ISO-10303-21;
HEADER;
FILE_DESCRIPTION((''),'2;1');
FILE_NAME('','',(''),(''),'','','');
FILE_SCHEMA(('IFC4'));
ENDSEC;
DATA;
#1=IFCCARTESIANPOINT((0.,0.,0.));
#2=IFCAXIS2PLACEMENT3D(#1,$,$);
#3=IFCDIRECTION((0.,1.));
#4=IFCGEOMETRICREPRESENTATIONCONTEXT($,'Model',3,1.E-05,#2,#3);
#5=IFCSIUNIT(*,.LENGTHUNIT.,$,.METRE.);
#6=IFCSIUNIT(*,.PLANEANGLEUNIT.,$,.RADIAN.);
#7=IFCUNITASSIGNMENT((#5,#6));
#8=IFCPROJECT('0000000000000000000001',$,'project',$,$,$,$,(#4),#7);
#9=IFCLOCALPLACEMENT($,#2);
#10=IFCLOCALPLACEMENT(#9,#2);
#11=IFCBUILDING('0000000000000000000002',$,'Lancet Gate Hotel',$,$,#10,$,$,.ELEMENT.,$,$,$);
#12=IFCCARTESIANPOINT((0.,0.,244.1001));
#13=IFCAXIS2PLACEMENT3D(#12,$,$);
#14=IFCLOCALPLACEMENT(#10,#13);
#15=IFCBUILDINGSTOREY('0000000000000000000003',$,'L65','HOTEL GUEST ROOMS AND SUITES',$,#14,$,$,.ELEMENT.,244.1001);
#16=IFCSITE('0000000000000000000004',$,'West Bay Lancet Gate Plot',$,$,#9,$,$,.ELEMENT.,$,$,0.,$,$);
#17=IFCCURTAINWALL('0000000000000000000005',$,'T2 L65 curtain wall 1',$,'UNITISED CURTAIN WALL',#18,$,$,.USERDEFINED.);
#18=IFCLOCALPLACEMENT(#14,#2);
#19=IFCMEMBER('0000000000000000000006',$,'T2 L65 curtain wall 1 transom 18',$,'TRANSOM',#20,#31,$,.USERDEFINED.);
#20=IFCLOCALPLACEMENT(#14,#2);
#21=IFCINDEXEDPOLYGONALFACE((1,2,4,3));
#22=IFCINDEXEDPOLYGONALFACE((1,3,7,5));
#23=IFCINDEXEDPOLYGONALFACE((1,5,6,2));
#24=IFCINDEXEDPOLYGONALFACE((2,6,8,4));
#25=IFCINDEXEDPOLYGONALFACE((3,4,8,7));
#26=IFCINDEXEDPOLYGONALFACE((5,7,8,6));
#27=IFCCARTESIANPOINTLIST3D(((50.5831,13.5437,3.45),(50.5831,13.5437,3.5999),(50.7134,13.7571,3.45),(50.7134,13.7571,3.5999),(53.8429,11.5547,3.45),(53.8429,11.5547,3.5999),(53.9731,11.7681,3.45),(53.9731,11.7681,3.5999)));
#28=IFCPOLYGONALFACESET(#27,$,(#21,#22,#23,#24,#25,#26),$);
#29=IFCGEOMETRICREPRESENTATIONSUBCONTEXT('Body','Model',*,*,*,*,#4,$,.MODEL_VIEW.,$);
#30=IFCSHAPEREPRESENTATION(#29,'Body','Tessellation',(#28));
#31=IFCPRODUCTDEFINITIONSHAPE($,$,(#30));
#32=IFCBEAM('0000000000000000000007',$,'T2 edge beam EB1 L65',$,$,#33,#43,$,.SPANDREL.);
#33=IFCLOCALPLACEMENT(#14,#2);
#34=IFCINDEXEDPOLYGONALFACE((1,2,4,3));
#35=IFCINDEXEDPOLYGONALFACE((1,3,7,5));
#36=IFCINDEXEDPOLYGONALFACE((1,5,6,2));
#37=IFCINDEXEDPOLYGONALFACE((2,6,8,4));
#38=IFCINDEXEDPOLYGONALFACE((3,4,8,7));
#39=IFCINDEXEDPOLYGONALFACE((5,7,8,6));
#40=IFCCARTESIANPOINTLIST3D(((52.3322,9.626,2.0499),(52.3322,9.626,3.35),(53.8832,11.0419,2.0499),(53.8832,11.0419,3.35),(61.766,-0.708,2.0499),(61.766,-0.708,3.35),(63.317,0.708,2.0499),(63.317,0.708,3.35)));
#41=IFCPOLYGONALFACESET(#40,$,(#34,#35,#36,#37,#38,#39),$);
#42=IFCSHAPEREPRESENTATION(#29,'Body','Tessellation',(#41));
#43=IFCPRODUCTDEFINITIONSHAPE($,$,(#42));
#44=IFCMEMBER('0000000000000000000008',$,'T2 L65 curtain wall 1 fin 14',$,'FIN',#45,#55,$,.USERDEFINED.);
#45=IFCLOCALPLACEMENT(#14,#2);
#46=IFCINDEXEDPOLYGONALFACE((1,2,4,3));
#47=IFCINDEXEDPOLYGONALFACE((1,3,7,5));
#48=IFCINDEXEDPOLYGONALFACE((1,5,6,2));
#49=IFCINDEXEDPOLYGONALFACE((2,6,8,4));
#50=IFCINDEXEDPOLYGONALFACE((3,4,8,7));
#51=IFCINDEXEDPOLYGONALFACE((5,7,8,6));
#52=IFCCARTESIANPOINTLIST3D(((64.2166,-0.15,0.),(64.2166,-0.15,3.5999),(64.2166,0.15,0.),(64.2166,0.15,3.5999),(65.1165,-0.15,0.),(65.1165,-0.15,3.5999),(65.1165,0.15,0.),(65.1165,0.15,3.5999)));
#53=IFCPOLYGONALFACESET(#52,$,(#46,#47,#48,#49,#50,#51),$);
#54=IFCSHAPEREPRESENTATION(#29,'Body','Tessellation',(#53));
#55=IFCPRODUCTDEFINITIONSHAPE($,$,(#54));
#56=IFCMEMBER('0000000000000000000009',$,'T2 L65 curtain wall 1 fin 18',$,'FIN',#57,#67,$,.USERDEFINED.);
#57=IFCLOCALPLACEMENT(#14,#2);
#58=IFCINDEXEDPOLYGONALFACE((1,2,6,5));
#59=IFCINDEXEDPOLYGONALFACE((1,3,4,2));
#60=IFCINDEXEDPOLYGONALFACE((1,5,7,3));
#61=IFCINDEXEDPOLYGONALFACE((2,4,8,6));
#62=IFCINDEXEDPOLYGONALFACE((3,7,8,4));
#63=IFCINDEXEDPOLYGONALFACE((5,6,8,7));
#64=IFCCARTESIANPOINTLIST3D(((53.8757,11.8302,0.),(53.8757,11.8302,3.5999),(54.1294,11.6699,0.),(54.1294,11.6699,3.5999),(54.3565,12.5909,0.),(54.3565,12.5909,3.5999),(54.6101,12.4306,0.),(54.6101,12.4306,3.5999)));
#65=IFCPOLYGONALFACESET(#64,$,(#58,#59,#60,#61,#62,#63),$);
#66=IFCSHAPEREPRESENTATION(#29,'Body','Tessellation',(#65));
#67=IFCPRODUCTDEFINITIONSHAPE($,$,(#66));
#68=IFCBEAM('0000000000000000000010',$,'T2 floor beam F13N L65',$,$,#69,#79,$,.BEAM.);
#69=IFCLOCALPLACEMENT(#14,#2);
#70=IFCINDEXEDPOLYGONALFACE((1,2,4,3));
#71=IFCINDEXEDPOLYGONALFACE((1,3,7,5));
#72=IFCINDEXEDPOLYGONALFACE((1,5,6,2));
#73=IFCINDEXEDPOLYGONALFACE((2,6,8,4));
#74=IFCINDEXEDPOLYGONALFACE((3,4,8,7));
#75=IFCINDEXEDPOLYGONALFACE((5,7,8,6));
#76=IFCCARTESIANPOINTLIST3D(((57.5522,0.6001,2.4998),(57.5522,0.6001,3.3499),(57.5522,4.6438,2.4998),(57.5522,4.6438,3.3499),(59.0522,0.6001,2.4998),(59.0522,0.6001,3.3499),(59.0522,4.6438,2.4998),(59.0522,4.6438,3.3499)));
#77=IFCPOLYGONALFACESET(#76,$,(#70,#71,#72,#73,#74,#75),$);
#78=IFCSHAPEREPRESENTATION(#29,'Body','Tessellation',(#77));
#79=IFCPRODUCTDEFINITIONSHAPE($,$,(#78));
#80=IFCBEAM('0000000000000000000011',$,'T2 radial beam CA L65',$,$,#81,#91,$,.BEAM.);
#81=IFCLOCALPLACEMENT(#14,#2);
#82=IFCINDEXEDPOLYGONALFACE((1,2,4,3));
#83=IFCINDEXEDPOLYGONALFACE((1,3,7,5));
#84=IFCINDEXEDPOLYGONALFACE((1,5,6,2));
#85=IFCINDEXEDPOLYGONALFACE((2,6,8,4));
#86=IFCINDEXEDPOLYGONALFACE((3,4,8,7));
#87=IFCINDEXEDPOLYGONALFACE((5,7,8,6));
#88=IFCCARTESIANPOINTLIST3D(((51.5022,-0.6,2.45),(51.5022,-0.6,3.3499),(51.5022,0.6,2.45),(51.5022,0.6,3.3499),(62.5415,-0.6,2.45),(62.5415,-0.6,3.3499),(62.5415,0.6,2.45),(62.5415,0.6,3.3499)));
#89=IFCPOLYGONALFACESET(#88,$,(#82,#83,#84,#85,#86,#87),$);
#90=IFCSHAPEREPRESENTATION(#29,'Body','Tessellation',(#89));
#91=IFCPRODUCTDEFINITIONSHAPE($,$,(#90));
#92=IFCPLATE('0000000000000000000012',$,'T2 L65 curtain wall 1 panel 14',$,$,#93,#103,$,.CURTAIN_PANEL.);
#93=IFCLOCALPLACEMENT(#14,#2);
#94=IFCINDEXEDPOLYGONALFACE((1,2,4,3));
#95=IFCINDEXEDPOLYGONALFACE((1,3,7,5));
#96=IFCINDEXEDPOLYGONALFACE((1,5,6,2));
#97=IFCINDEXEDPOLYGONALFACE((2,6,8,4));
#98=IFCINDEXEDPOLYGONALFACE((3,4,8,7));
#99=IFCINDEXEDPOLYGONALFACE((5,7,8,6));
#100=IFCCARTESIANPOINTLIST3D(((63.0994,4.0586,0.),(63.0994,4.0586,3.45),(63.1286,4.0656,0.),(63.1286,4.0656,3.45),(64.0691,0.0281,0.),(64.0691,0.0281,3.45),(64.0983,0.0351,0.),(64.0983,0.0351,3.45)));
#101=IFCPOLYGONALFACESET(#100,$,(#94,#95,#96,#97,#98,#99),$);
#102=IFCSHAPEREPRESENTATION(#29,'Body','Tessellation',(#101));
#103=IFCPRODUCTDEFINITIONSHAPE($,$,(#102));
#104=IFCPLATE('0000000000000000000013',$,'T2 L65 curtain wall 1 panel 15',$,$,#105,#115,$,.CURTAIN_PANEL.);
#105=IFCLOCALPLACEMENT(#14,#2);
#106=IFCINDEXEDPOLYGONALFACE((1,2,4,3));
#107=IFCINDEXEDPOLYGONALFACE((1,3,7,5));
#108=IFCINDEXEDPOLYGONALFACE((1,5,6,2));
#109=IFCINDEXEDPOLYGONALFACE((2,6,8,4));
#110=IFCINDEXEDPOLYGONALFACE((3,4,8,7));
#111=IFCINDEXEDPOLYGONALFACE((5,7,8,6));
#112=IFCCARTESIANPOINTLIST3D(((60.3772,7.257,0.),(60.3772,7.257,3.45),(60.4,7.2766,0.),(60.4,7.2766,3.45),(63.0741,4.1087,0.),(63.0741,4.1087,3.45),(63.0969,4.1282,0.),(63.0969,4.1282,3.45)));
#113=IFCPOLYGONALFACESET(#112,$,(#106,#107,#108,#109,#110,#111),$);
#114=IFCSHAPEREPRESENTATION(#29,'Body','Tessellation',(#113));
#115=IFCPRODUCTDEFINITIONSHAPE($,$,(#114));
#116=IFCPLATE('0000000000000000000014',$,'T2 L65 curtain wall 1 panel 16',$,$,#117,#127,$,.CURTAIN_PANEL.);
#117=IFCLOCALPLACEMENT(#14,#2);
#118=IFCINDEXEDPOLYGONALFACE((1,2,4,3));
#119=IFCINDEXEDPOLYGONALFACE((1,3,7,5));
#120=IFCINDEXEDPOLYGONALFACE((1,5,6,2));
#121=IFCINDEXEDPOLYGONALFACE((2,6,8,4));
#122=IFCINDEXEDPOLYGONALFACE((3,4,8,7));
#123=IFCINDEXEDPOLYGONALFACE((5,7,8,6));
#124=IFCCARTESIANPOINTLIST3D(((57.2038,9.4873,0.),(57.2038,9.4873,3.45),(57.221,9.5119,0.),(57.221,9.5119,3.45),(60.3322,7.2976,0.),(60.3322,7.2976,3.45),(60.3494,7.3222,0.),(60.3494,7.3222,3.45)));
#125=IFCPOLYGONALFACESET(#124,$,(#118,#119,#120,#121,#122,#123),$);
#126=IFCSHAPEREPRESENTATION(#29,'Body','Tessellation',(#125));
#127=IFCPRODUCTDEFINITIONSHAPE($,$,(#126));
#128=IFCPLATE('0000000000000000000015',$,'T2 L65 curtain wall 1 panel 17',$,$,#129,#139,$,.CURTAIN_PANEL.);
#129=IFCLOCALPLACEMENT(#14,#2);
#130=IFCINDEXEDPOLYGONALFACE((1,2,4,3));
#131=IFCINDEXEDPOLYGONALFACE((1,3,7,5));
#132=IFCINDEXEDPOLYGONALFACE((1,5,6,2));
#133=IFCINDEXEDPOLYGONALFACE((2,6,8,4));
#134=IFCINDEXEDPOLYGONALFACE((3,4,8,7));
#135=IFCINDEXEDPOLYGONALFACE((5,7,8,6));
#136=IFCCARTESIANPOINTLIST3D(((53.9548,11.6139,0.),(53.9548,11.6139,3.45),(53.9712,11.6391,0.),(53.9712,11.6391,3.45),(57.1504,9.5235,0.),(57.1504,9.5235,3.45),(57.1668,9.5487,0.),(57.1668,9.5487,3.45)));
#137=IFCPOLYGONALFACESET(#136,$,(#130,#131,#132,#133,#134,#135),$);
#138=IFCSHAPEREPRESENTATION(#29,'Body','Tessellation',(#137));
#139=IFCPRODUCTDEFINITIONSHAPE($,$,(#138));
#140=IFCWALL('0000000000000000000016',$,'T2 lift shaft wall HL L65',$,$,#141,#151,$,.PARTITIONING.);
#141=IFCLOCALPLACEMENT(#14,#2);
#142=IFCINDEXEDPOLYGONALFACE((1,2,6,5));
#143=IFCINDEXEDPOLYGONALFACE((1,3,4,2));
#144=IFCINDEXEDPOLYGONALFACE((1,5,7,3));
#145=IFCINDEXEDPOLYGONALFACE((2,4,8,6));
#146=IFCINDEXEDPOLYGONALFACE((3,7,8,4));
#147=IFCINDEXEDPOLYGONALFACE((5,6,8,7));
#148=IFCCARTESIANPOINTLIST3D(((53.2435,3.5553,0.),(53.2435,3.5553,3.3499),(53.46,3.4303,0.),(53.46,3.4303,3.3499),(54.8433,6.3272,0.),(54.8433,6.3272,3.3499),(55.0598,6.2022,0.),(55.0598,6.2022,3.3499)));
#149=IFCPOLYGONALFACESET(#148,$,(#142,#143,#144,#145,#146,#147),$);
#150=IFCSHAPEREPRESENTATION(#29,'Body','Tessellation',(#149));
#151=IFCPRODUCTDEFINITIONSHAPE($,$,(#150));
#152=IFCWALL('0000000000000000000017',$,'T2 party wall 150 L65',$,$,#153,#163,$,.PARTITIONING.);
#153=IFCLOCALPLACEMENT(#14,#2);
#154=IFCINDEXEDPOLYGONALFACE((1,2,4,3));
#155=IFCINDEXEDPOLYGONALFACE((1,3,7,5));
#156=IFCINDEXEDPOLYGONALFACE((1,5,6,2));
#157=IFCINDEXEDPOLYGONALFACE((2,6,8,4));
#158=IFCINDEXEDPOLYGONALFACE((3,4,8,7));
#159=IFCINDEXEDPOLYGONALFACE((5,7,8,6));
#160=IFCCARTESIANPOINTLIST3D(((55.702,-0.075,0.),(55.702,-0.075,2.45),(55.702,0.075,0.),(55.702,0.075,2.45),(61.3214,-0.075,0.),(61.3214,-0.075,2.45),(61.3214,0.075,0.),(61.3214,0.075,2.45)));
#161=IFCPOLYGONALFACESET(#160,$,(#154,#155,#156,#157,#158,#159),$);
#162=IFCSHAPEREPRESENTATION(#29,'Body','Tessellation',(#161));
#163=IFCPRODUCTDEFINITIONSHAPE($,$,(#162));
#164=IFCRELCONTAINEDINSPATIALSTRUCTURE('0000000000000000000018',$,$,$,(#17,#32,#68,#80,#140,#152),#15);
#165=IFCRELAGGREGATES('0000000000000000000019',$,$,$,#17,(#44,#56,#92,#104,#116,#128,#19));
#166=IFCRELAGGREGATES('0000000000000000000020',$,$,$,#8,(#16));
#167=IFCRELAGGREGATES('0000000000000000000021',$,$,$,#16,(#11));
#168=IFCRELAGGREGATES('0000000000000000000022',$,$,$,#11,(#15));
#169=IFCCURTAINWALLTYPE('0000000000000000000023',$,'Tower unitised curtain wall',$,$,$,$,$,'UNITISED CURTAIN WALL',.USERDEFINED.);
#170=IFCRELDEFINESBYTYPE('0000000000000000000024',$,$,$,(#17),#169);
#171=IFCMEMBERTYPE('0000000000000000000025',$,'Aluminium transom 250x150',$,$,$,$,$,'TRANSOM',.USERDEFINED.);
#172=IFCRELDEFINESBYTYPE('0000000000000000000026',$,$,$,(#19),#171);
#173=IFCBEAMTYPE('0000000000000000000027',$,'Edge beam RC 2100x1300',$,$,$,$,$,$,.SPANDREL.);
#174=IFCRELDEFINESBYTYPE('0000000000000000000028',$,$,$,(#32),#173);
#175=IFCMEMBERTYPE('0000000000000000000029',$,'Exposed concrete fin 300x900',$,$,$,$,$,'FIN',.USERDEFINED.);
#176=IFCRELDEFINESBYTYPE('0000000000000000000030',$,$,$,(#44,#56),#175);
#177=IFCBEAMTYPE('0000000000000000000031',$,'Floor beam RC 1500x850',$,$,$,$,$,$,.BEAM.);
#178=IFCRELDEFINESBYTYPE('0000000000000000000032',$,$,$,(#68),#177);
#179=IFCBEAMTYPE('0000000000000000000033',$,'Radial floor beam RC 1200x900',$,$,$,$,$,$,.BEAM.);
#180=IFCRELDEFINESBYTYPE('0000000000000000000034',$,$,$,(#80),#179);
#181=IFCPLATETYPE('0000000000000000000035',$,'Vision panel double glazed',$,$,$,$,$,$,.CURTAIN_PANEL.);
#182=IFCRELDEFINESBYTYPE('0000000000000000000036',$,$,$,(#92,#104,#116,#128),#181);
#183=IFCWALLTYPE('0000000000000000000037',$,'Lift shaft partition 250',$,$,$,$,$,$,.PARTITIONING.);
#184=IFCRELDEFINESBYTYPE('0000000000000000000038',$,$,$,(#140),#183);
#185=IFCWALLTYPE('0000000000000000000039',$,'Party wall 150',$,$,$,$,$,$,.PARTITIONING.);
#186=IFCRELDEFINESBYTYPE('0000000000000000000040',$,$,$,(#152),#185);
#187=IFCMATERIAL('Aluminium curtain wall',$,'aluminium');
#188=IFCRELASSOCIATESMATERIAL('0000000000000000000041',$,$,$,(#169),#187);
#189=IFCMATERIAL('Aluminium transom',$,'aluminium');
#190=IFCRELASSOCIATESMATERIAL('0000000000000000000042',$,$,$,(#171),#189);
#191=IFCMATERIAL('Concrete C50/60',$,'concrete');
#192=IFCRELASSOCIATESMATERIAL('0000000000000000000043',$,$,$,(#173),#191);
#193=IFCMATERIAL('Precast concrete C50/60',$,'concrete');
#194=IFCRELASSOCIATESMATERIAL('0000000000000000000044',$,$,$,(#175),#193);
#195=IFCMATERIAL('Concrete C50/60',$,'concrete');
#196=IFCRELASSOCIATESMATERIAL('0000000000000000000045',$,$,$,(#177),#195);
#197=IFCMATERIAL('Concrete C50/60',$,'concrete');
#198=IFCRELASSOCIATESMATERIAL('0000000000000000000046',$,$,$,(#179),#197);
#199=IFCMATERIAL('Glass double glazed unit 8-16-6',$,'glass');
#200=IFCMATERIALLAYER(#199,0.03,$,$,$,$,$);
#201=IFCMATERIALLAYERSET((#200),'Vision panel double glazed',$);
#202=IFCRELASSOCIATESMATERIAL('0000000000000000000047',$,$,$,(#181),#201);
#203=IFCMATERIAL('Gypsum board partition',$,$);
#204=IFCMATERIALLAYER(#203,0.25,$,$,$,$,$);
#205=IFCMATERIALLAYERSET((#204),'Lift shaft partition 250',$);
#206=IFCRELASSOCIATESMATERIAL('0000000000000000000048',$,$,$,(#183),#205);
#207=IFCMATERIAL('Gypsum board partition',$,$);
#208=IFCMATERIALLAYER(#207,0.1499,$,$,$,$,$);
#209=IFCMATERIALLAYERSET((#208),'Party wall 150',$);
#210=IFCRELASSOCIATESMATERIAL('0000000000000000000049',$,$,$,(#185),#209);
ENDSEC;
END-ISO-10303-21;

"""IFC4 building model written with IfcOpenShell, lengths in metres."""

from ifc_helpers import new_model, si_unit, direction, frame, frame_2d, origin, origin_2d, place, context, subcontext, project, spatial, rectangle, extrude, material, layer, layer_set, material_profile, profile_set, type_object, element, aggregate, save


model = new_model("IFC4")

# Units and contexts
model_context = context("Model", 3, precision=1e-05, world=origin(), true_north=direction((0.0, 1.0)))
body_context = subcontext(model_context, "Body", "Model", "MODEL_VIEW")
ifc_project = project(units=[si_unit("LENGTHUNIT", "METRE"), si_unit("PLANEANGLEUNIT", "RADIAN")], contexts=[model_context])

# Site, building, storey
site_placement = place(None, origin())
site = spatial("IfcSite", under=ifc_project, at=site_placement, Name="West Bay Lancet Gate Plot", CompositionType="ELEMENT", RefElevation=0.0)
building_placement = place(site_placement, origin())
building = spatial("IfcBuilding", under=site, at=building_placement, Name="Lancet Gate Hotel", CompositionType="ELEMENT")
storey_placement = place(building_placement, frame((0.0, 0.0, 244.1001)))
storey = spatial("IfcBuildingStorey", under=building, at=storey_placement, Name="L65", Description="HOTEL GUEST ROOMS AND SUITES", CompositionType="ELEMENT", Elevation=244.1001)

# Curtain wall, member
ifc_material_1 = material(Name="Aluminium curtain wall", Category="aluminium")
curtain_wall_type = type_object("IfcCurtainWallType", Name="Tower unitised curtain wall", ElementType="UNITISED CURTAIN WALL", PredefinedType="USERDEFINED", material=ifc_material_1)
curtain_wall_placement = place(storey_placement, origin())
curtain_wall = element("IfcCurtainWall", 1, at=curtain_wall_placement, inside=storey, type_object=curtain_wall_type, Name="T2 L65 curtain wall 1", ObjectType="UNITISED CURTAIN WALL", PredefinedType="USERDEFINED")
ifc_material_2 = material(Name="Aluminium transom", Category="aluminium")
ifc_material_profile_1 = material_profile(ifc_material_2, rectangle(XDim=0.25, YDim=0.1499, at=origin_2d()), Name="TRANSOM 250x150")
ifc_profile_set_1 = profile_set([ifc_material_profile_1], Name="Aluminium transom")
member_type_1 = type_object("IfcMemberType", Name="Aluminium transom 250x150", ElementType="TRANSOM", PredefinedType="USERDEFINED", material=ifc_profile_set_1)
member_1_placement = place(storey_placement, frame((53.908, 11.6614, 3.5249), z_axis=(-0.853639, 0.520865, 0.0), x_axis=(-0.520865, -0.853639, 0.0)))
member_1 = element("IfcMember", 2, at=member_1_placement, type_object=member_type_1, Name="T2 L65 curtain wall 1 transom 18", ObjectType="TRANSOM", PredefinedType="USERDEFINED", context=body_context, shape_type="SweptSolid", body=[
    extrude(rectangle(XDim=0.25, YDim=0.1499, at=origin_2d()), origin(), (0.0, 0.0, 1.0), 3.8186),
])

# Beam
ifc_material_3 = material(Name="Concrete C50/60", Category="concrete")
ifc_material_profile_2 = material_profile(ifc_material_3, rectangle(XDim=2.1001, YDim=1.3, at=origin_2d()), Name="RC 2100x1300")
ifc_profile_set_2 = profile_set([ifc_material_profile_2], Name="Concrete C50/60")
beam_type_1 = type_object("IfcBeamType", Name="Edge beam RC 2100x1300", PredefinedType="SPANDREL", material=ifc_profile_set_2)
beam_1_placement = place(storey_placement, frame((62.5415, 0.0, 2.7), z_axis=(-0.674209, 0.73854, 0.0), x_axis=(-0.73854, -0.674209, 0.0)))
element("IfcBeam", 3, at=beam_1_placement, inside=storey, type_object=beam_type_1, Name="T2 edge beam EB1 L65", PredefinedType="SPANDREL", context=body_context, shape_type="SweptSolid", body=[
    extrude(rectangle(XDim=2.1001, YDim=1.3, at=origin_2d()), origin(), (0.0, 0.0, 1.0), 13.9924),
])

# Members
ifc_material_4 = material(Name="Precast concrete C50/60", Category="concrete")
ifc_material_profile_3 = material_profile(ifc_material_4, rectangle(XDim=0.3, YDim=0.8999, at=origin_2d()), Name="FIN 300x900")
ifc_profile_set_3 = profile_set([ifc_material_profile_3], Name="Precast concrete C50/60")
member_type_2 = type_object("IfcMemberType", Name="Exposed concrete fin 300x900", ElementType="FIN", PredefinedType="USERDEFINED", material=ifc_profile_set_3)
member_2_placement = place(storey_placement, frame((64.6665, 0.0, 0.0), z_axis=(0.0, 0.0, 1.0), x_axis=(0.0, 1.0, 0.0)))
member_2 = element("IfcMember", 4, at=member_2_placement, type_object=member_type_2, Name="T2 L65 curtain wall 1 fin 14", ObjectType="FIN", PredefinedType="USERDEFINED", context=body_context, shape_type="SweptSolid", body=[
    extrude(rectangle(XDim=0.3, YDim=0.8999, at=origin_2d()), origin(), (0.0, 0.0, 1.0), 3.5999),
])
member_3_placement = place(storey_placement, frame((54.2429, 12.1304, 0.0), z_axis=(0.0, 0.0, 1.0), x_axis=(-0.84534, 0.534229, 0.0)))
member_3 = element("IfcMember", 5, at=member_3_placement, type_object=member_type_2, Name="T2 L65 curtain wall 1 fin 18", ObjectType="FIN", PredefinedType="USERDEFINED", context=body_context, shape_type="SweptSolid", body=[
    extrude(rectangle(XDim=0.3, YDim=0.8999, at=origin_2d()), origin(), (0.0, 0.0, 1.0), 3.5999),
])

# Beams
ifc_material_5 = material(Name="Concrete C50/60", Category="concrete")
ifc_material_profile_4 = material_profile(ifc_material_5, rectangle(XDim=1.5, YDim=0.8501, at=origin_2d()), Name="RC 1500x850")
ifc_profile_set_4 = profile_set([ifc_material_profile_4], Name="Concrete C50/60")
beam_type_2 = type_object("IfcBeamType", Name="Floor beam RC 1500x850", PredefinedType="BEAM", material=ifc_profile_set_4)
beam_2_placement = place(storey_placement, frame((58.3022, 0.6001, 2.9248), z_axis=(0.0, 1.0, 0.0), x_axis=(-1.0, 0.0, 0.0)))
element("IfcBeam", 6, at=beam_2_placement, inside=storey, type_object=beam_type_2, Name="T2 floor beam F13N L65", PredefinedType="BEAM", context=body_context, shape_type="SweptSolid", body=[
    extrude(rectangle(XDim=1.5, YDim=0.8501, at=origin_2d()), origin(), (0.0, 0.0, 1.0), 4.0437),
])
ifc_material_6 = material(Name="Concrete C50/60", Category="concrete")
ifc_material_profile_5 = material_profile(ifc_material_6, rectangle(XDim=1.2, YDim=0.8999, at=origin_2d()), Name="RC 1200x900")
ifc_profile_set_5 = profile_set([ifc_material_profile_5], Name="Concrete C50/60")
beam_type_3 = type_object("IfcBeamType", Name="Radial floor beam RC 1200x900", PredefinedType="BEAM", material=ifc_profile_set_5)
beam_3_placement = place(storey_placement, frame((62.5415, 0.0, 2.8999), z_axis=(-1.0, 0.0, 0.0), x_axis=(0.0, -1.0, 0.0)))
element("IfcBeam", 7, at=beam_3_placement, inside=storey, type_object=beam_type_3, Name="T2 radial beam CA L65", PredefinedType="BEAM", context=body_context, shape_type="SweptSolid", body=[
    extrude(rectangle(XDim=1.2, YDim=0.8999, at=origin_2d()), origin(), (0.0, 0.0, 1.0), 11.0393),
])

# Plates
ifc_material_7 = material(Name="Glass double glazed unit 8-16-6", Category="glass")
ifc_layer_1 = layer(ifc_material_7, 0.03)
ifc_layer_set_1 = layer_set([ifc_layer_1], Name="Vision panel double glazed")
plate_type = type_object("IfcPlateType", Name="Vision panel double glazed", PredefinedType="CURTAIN_PANEL", material=ifc_layer_set_1)
plate_1_placement = place(storey_placement, frame((63.5989, 2.0469, 0.0), z_axis=(0.0, 0.0, 1.0), x_axis=(-0.233916, 0.972257, 0.0)))
plate_1 = element("IfcPlate", 8, at=plate_1_placement, type_object=plate_type, Name="T2 L65 curtain wall 1 panel 14", PredefinedType="CURTAIN_PANEL", context=body_context, shape_type="SweptSolid", body=[
    extrude(rectangle(XDim=4.1455, YDim=0.03, at=origin_2d()), origin(), (0.0, 0.0, 1.0), 3.45),
])
plate_2_placement = place(storey_placement, frame((61.7371, 5.6926, 0.0), z_axis=(0.0, 0.0, 1.0), x_axis=(-0.650552, 0.759462, 0.0)))
plate_2 = element("IfcPlate", 9, at=plate_2_placement, type_object=plate_type, Name="T2 L65 curtain wall 1 panel 15", PredefinedType="CURTAIN_PANEL", context=body_context, shape_type="SweptSolid", body=[
    extrude(rectangle(XDim=4.1455, YDim=0.03, at=origin_2d()), origin(), (0.0, 0.0, 1.0), 3.45),
])
plate_3_placement = place(storey_placement, frame((58.7766, 8.4048, 0.0), z_axis=(0.0, 0.0, 1.0), x_axis=(-0.819255, 0.573429, 0.0)))
plate_3 = element("IfcPlate", 10, at=plate_3_placement, type_object=plate_type, Name="T2 L65 curtain wall 1 panel 16", PredefinedType="CURTAIN_PANEL", context=body_context, shape_type="SweptSolid", body=[
    extrude(rectangle(XDim=3.8186, YDim=0.03, at=origin_2d()), origin(), (0.0, 0.0, 1.0), 3.45),
])
plate_4_placement = place(storey_placement, frame((55.5608, 10.5813, 0.0), z_axis=(0.0, 0.0, 1.0), x_axis=(-0.83685, 0.547432, 0.0)))
plate_4 = element("IfcPlate", 11, at=plate_4_placement, type_object=plate_type, Name="T2 L65 curtain wall 1 panel 17", PredefinedType="CURTAIN_PANEL", context=body_context, shape_type="SweptSolid", body=[
    extrude(rectangle(XDim=3.8186, YDim=0.03, at=origin_2d()), origin(), (0.0, 0.0, 1.0), 3.45),
])
aggregate(curtain_wall, [member_2, member_3, plate_1, plate_2, plate_3, plate_4, member_1])

# Walls
ifc_material_8 = material(Name="Gypsum board partition")
ifc_layer_2 = layer(ifc_material_8, 0.25)
ifc_layer_set_2 = layer_set([ifc_layer_2], Name="Lift shaft partition 250")
wall_type_1 = type_object("IfcWallType", Name="Lift shaft partition 250", PredefinedType="PARTITIONING", material=ifc_layer_set_2)
wall_1_placement = place(storey_placement, frame((53.3518, 3.4929, 0.0), z_axis=(0.0, 0.0, 1.0), x_axis=(0.499872, 0.866099, 0.0)))
element("IfcWall", 12, at=wall_1_placement, inside=storey, type_object=wall_type_1, Name="T2 lift shaft wall HL L65", PredefinedType="PARTITIONING", context=body_context, shape_type="SweptSolid", body=[
    extrude(rectangle(XDim=3.2004, YDim=0.25, at=frame_2d((1.6001, 0.0))), origin(), (0.0, 0.0, 1.0), 3.3499),
])
ifc_material_9 = material(Name="Gypsum board partition")
ifc_layer_3 = layer(ifc_material_9, 0.1499)
ifc_layer_set_3 = layer_set([ifc_layer_3], Name="Party wall 150")
wall_type_2 = type_object("IfcWallType", Name="Party wall 150", PredefinedType="PARTITIONING", material=ifc_layer_set_3)
wall_2_placement = place(storey_placement, frame((55.7021, 0.0, 0.0), z_axis=(0.0, 0.0, 1.0), x_axis=(1.0, 0.0, 0.0)))
element("IfcWall", 13, at=wall_2_placement, inside=storey, type_object=wall_type_2, Name="T2 party wall 150 L65", PredefinedType="PARTITIONING", context=body_context, shape_type="SweptSolid", body=[
    extrude(rectangle(XDim=5.6194, YDim=0.1499, at=frame_2d((2.8096, 0.0))), origin(), (0.0, 0.0, 1.0), 2.45),
])

save(model, "model.ifc")
